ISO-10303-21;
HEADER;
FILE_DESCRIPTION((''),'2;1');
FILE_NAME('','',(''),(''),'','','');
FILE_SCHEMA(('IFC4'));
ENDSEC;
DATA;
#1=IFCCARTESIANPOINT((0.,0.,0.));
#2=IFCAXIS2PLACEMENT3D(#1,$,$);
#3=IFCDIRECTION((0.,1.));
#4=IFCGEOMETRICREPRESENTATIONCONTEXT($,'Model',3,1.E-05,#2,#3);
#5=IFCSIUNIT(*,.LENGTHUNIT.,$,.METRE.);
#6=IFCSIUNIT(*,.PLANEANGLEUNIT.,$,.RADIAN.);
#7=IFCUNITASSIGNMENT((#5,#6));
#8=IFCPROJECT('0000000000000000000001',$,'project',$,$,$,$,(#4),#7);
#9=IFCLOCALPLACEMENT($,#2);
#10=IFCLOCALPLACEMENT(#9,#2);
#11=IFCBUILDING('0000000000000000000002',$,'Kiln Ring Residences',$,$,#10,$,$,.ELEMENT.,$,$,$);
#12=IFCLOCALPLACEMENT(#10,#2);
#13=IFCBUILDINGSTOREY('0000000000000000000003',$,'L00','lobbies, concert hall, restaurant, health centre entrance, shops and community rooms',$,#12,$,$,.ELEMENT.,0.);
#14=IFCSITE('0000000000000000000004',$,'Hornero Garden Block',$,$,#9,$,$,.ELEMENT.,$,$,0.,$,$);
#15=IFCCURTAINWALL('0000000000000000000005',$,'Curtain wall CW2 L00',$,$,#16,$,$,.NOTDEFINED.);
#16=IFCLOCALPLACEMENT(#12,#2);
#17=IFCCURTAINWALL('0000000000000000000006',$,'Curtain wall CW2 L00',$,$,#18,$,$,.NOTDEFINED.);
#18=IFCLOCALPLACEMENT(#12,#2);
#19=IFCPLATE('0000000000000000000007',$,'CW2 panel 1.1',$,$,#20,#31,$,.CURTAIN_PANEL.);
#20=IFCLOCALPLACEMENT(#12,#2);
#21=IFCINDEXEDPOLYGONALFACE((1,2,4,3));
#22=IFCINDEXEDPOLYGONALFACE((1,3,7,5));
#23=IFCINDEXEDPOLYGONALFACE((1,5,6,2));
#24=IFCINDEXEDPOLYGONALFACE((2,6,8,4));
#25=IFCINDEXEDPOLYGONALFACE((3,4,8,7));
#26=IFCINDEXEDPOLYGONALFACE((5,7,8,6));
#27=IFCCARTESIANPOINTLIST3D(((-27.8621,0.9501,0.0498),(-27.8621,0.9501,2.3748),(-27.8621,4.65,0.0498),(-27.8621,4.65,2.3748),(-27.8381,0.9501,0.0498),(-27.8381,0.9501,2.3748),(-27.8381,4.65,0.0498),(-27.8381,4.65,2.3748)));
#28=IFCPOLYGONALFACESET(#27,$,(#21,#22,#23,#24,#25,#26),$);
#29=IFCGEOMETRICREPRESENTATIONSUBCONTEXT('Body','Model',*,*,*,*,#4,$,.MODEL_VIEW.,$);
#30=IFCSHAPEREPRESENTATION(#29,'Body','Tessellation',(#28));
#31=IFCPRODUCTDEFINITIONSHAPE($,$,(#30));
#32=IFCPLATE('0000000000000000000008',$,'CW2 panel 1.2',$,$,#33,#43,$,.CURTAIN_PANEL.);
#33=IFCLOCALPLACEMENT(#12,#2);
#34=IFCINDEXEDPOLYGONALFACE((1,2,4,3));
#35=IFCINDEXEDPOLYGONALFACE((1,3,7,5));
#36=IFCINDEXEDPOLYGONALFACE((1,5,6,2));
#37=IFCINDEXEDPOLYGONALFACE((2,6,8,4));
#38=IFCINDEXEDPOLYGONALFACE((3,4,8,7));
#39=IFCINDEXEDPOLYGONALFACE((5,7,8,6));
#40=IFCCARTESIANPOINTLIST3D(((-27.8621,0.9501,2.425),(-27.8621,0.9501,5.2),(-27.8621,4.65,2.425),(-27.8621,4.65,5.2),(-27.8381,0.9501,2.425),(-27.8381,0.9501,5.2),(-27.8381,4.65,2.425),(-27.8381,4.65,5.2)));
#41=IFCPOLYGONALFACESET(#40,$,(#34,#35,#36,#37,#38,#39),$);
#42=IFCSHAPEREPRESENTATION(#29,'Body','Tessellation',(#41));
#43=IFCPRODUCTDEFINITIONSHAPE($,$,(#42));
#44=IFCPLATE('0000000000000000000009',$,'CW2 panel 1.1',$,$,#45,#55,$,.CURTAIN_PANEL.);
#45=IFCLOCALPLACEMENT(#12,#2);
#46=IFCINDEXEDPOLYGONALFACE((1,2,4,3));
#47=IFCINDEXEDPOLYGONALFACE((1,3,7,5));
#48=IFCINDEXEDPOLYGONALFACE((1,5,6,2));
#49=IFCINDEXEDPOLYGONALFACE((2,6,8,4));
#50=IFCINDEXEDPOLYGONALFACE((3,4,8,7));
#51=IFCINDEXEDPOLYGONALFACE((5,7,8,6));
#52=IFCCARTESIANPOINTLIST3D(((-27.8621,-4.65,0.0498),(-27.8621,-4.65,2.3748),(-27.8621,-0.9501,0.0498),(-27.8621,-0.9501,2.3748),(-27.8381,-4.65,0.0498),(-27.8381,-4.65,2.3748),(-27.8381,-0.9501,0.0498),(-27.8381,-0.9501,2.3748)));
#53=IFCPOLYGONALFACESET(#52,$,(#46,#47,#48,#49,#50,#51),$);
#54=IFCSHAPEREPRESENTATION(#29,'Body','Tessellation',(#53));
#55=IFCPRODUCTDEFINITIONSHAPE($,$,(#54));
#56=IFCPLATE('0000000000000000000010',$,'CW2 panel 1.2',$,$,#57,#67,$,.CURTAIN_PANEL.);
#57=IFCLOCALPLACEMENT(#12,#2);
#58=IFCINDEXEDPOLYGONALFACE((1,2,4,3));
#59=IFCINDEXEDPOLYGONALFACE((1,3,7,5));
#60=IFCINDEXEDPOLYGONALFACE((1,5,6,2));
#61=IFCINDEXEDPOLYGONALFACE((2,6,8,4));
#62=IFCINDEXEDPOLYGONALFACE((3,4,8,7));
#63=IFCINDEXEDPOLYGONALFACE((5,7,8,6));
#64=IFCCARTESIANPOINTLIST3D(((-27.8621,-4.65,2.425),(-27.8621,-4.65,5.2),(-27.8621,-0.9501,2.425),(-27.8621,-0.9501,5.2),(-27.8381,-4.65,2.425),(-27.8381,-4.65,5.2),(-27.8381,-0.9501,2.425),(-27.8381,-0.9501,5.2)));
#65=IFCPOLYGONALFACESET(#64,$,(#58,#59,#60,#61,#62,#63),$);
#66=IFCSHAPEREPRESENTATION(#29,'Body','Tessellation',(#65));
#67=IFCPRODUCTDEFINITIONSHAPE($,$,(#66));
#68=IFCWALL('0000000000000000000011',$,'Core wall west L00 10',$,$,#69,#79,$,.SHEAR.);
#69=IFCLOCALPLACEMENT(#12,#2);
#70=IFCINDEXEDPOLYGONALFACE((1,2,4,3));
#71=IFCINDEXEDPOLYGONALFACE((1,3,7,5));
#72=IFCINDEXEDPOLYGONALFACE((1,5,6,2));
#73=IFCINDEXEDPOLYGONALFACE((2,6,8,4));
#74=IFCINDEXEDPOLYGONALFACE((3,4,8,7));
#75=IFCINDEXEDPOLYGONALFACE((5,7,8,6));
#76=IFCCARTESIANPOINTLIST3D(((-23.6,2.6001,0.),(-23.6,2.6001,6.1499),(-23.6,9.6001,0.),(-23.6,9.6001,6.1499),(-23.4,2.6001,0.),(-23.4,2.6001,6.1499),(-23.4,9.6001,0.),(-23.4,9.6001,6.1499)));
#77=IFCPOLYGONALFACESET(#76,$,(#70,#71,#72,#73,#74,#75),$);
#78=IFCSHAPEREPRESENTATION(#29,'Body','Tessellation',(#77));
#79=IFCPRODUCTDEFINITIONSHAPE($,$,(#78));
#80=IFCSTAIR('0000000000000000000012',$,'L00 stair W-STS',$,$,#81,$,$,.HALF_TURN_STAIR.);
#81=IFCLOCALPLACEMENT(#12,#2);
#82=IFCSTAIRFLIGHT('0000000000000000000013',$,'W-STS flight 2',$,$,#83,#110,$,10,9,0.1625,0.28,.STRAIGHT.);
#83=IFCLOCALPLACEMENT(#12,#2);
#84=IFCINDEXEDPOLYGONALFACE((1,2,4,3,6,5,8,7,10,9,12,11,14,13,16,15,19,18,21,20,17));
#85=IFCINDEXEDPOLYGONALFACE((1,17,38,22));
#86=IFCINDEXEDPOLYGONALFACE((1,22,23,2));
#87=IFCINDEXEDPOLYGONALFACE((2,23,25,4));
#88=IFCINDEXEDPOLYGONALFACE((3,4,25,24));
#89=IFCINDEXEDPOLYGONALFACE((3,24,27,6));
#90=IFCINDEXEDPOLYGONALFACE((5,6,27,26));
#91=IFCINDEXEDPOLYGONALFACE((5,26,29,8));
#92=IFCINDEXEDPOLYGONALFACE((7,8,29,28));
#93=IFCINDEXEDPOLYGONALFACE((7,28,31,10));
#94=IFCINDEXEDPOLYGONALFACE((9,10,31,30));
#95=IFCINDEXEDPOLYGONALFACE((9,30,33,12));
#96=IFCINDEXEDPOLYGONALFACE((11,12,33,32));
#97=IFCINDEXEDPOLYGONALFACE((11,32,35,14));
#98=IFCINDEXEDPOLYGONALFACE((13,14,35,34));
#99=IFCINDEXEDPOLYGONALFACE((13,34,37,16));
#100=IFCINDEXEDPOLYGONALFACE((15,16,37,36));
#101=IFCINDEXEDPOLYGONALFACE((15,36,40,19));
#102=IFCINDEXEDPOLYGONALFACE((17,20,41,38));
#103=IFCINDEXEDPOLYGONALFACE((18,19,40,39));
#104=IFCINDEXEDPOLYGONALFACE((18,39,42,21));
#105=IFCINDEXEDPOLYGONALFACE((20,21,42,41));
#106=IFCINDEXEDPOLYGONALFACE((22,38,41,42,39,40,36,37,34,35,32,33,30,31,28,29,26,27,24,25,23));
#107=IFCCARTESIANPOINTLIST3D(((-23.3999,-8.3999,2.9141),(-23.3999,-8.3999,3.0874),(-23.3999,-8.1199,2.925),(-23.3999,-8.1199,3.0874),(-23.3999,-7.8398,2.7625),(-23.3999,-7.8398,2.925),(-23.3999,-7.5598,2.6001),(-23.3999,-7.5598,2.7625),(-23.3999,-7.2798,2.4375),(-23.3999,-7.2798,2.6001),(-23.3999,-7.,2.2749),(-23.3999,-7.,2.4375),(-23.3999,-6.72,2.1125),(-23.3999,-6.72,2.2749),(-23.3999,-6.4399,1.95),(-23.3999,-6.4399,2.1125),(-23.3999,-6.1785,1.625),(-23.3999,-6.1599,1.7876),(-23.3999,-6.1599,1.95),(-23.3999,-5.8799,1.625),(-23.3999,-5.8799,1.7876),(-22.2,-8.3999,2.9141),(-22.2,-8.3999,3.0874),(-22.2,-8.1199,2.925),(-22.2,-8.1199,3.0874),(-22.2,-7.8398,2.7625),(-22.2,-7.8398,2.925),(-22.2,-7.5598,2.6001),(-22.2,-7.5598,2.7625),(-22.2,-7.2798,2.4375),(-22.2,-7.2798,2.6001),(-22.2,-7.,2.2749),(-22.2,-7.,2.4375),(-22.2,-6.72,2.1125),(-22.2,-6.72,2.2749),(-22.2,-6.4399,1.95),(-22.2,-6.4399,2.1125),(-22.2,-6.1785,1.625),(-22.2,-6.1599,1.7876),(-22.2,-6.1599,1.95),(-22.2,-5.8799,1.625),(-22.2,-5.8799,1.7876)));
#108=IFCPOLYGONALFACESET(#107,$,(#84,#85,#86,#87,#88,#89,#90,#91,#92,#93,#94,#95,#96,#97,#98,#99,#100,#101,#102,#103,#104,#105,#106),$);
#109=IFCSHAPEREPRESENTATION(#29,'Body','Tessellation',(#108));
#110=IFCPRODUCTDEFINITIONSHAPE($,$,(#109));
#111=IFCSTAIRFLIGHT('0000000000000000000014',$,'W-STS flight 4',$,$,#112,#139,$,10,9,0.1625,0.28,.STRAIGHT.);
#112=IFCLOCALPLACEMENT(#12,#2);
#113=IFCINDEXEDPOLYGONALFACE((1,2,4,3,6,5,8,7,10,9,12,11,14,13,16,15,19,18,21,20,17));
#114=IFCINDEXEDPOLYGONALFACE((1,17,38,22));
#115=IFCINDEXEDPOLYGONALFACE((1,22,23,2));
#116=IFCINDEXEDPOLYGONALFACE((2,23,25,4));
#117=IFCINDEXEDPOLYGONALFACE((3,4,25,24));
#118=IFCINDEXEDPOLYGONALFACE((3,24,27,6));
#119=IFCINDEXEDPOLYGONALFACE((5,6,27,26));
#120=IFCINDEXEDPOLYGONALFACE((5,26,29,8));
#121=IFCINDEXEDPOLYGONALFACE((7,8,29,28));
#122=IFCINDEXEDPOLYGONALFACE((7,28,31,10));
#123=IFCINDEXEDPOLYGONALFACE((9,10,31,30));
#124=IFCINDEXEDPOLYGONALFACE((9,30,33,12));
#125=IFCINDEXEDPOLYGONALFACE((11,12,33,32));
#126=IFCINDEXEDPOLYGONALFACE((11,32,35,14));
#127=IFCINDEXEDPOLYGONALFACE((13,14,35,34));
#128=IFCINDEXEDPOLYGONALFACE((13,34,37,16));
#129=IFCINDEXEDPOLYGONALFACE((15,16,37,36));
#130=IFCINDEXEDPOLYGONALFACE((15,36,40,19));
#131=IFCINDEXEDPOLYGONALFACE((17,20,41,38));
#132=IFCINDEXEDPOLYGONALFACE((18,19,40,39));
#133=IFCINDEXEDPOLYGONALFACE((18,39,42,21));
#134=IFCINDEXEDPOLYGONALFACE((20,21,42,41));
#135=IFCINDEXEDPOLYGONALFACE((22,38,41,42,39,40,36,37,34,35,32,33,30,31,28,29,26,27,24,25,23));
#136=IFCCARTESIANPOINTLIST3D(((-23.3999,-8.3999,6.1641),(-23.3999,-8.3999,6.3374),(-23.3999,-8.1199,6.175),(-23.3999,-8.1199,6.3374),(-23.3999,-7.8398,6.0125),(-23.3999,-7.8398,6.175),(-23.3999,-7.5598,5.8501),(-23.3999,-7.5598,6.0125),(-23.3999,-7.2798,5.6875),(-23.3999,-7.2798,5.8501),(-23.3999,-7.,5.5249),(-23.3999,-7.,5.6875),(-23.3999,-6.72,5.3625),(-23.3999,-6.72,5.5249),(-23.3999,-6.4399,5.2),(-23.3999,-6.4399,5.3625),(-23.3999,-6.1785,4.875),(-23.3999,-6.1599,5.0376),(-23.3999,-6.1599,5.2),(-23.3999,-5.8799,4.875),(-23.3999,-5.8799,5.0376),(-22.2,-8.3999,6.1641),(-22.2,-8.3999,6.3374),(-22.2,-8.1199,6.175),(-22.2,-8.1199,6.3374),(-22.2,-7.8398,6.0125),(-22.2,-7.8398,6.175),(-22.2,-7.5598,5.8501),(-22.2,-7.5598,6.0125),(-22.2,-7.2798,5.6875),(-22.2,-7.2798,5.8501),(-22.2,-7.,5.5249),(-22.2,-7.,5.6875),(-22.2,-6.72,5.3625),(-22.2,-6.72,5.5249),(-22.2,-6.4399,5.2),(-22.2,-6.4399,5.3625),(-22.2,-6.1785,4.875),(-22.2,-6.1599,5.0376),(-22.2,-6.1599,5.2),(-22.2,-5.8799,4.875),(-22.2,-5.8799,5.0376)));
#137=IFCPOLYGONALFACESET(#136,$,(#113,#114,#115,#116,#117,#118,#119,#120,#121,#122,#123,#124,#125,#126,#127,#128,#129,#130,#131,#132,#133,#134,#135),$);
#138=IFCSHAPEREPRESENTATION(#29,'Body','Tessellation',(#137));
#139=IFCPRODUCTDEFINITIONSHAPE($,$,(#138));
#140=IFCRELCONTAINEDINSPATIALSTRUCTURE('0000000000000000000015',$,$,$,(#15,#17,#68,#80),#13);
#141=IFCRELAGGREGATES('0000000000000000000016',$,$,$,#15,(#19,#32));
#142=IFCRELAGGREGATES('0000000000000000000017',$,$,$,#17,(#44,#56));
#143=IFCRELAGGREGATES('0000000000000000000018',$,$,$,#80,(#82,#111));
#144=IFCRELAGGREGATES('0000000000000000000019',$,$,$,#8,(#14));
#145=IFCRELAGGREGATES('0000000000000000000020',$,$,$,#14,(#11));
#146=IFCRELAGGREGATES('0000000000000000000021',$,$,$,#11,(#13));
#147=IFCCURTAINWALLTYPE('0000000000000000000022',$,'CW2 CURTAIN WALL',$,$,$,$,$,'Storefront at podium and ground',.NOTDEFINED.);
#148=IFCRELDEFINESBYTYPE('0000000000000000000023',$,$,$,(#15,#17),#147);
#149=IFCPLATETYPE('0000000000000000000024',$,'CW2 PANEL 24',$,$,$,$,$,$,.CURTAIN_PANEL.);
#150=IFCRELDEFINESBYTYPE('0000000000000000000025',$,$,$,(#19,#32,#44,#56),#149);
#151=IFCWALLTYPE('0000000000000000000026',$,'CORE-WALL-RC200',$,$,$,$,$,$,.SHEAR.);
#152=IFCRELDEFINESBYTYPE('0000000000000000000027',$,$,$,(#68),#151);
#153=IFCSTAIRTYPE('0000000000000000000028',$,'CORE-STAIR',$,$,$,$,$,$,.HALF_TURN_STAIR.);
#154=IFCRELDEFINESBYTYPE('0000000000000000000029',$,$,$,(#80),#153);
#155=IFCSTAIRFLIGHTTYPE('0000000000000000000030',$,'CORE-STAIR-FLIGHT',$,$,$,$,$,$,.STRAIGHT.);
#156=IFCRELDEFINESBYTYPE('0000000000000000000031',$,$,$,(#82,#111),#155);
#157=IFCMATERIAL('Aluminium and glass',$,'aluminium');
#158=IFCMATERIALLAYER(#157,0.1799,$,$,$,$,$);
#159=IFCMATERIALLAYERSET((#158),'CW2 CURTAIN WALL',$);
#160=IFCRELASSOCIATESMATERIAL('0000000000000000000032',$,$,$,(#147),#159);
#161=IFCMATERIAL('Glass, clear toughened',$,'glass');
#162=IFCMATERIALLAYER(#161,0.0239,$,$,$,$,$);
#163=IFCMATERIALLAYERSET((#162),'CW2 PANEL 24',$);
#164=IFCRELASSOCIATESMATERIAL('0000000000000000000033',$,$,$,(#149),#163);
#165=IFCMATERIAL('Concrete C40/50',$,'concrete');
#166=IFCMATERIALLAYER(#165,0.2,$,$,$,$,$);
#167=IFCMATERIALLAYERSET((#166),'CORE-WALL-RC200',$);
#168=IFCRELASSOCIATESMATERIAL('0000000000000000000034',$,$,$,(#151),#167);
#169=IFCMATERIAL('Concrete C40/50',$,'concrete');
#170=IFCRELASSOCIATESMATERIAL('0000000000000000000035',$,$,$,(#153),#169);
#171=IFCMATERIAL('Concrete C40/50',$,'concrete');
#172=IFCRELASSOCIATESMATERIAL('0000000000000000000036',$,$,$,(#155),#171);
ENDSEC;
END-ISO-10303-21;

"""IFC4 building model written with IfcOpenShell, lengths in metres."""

from ifc_helpers import new_model, si_unit, direction, frame, frame_2d, origin, origin_2d, place, context, subcontext, project, spatial, polyline, rectangle, outline, extrude, material, layer, layer_set, type_object, element, aggregate, save


model = new_model("IFC4")

# Units and contexts
model_context = context("Model", 3, precision=1e-05, world=origin(), true_north=direction((0.0, 1.0)))
body_context = subcontext(model_context, "Body", "Model", "MODEL_VIEW")
ifc_project = project(units=[si_unit("LENGTHUNIT", "METRE"), si_unit("PLANEANGLEUNIT", "RADIAN")], contexts=[model_context])

# Site, building, storey
site_placement = place(None, origin())
site = spatial("IfcSite", under=ifc_project, at=site_placement, Name="Hornero Garden Block", CompositionType="ELEMENT", RefElevation=0.0)
building_placement = place(site_placement, origin())
building = spatial("IfcBuilding", under=site, at=building_placement, Name="Kiln Ring Residences", CompositionType="ELEMENT")
storey_placement = place(building_placement, origin())
storey = spatial("IfcBuildingStorey", under=building, at=storey_placement, Name="L00", Description="lobbies, concert hall, restaurant, health centre entrance, shops and community rooms", CompositionType="ELEMENT", Elevation=0.0)

# Curtain walls
ifc_material_1 = material(Name="Aluminium and glass", Category="aluminium")
ifc_layer_1 = layer(ifc_material_1, 0.1799)
ifc_layer_set_1 = layer_set([ifc_layer_1], Name="CW2 CURTAIN WALL")
curtain_wall_type = type_object("IfcCurtainWallType", Name="CW2 CURTAIN WALL", ElementType="Storefront at podium and ground", PredefinedType="NOTDEFINED", material=ifc_layer_set_1)
placement = place(storey_placement, origin())
curtain_wall_1 = element("IfcCurtainWall", 1, at=placement, inside=storey, type_object=curtain_wall_type, Name="Curtain wall CW2 L00", PredefinedType="NOTDEFINED")
curtain_wall_2 = element("IfcCurtainWall", 2, at=placement, inside=storey, type_object=curtain_wall_type, Name="Curtain wall CW2 L00", PredefinedType="NOTDEFINED")

# Plates
ifc_material_2 = material(Name="Glass, clear toughened", Category="glass")
ifc_layer_2 = layer(ifc_material_2, 0.0239)
ifc_layer_set_2 = layer_set([ifc_layer_2], Name="CW2 PANEL 24")
plate_type = type_object("IfcPlateType", Name="CW2 PANEL 24", PredefinedType="CURTAIN_PANEL", material=ifc_layer_set_2)
plate_1_placement = place(storey_placement, frame((-27.8501, 2.8, 0.0498), z_axis=(0.0, 0.0, 1.0), x_axis=(0.0, -1.0, 0.0)))
plate_1 = element("IfcPlate", 3, at=plate_1_placement, type_object=plate_type, Name="CW2 panel 1.1", PredefinedType="CURTAIN_PANEL", context=body_context, shape_type="SweptSolid", body=[
    extrude(rectangle(XDim=3.7, YDim=0.0239, at=origin_2d()), origin(), (0.0, 0.0, 1.0), 2.325),
])
plate_2_placement = place(storey_placement, frame((-27.8501, 2.8, 2.425), z_axis=(0.0, 0.0, 1.0), x_axis=(0.0, -1.0, 0.0)))
plate_2 = element("IfcPlate", 4, at=plate_2_placement, type_object=plate_type, Name="CW2 panel 1.2", PredefinedType="CURTAIN_PANEL", context=body_context, shape_type="SweptSolid", body=[
    extrude(rectangle(XDim=3.7, YDim=0.0239, at=origin_2d()), origin(), (0.0, 0.0, 1.0), 2.7749),
])
aggregate(curtain_wall_1, [plate_1, plate_2])
plate_3_placement = place(storey_placement, frame((-27.8501, -2.8, 0.0498), z_axis=(0.0, 0.0, 1.0), x_axis=(0.0, -1.0, 0.0)))
plate_3 = element("IfcPlate", 5, at=plate_3_placement, type_object=plate_type, Name="CW2 panel 1.1", PredefinedType="CURTAIN_PANEL", context=body_context, shape_type="SweptSolid", body=[
    extrude(rectangle(XDim=3.7, YDim=0.0239, at=origin_2d()), origin(), (0.0, 0.0, 1.0), 2.325),
])
plate_4_placement = place(storey_placement, frame((-27.8501, -2.8, 2.425), z_axis=(0.0, 0.0, 1.0), x_axis=(0.0, -1.0, 0.0)))
plate_4 = element("IfcPlate", 6, at=plate_4_placement, type_object=plate_type, Name="CW2 panel 1.2", PredefinedType="CURTAIN_PANEL", context=body_context, shape_type="SweptSolid", body=[
    extrude(rectangle(XDim=3.7, YDim=0.0239, at=origin_2d()), origin(), (0.0, 0.0, 1.0), 2.7749),
])
aggregate(curtain_wall_2, [plate_3, plate_4])

# Wall
ifc_material_3 = material(Name="Concrete C40/50", Category="concrete")
ifc_layer_3 = layer(ifc_material_3, 0.2)
ifc_layer_set_3 = layer_set([ifc_layer_3], Name="CORE-WALL-RC200")
wall_type = type_object("IfcWallType", Name="CORE-WALL-RC200", PredefinedType="SHEAR", material=ifc_layer_set_3)
wall_placement = place(storey_placement, frame((-23.5, 2.6001, 0.0), z_axis=(0.0, 0.0, 1.0), x_axis=(0.0, 1.0, 0.0)))
element("IfcWall", 7, at=wall_placement, inside=storey, type_object=wall_type, Name="Core wall west L00 10", PredefinedType="SHEAR", context=body_context, shape_type="SweptSolid", body=[
    extrude(rectangle(XDim=7.0, YDim=0.2, at=frame_2d((3.5, 0.0))), origin(), (0.0, 0.0, 1.0), 6.1499),
])

# Stair, stair flights
ifc_material_4 = material(Name="Concrete C40/50", Category="concrete")
stair_type = type_object("IfcStairType", Name="CORE-STAIR", PredefinedType="HALF_TURN_STAIR", material=ifc_material_4)
stair = element("IfcStair", 8, at=placement, inside=storey, type_object=stair_type, Name="L00 stair W-STS", PredefinedType="HALF_TURN_STAIR")
ifc_material_5 = material(Name="Concrete C40/50", Category="concrete")
stair_flight_type = type_object("IfcStairFlightType", Name="CORE-STAIR-FLIGHT", PredefinedType="STRAIGHT", material=ifc_material_5)
stair_flight_1_placement = place(storey_placement, frame((-22.8, -5.8799, 1.625), z_axis=(0.0, 0.0, 1.0), x_axis=(0.0, -1.0, 0.0)))
stair_flight_1 = element("IfcStairFlight", 9, at=stair_flight_1_placement, type_object=stair_flight_type, Name="W-STS flight 2", NumberOfRisers=10, NumberOfTreads=9, PredefinedType="STRAIGHT", RiserHeight=0.1625, TreadLength=0.28, context=body_context, shape_type="SweptSolid", body=[
    extrude(outline(polyline([(0.0, 0.0), (0.0, 0.1626), (0.28, 0.1626), (0.28, 0.325), (0.5601, 0.325), (0.5601, 0.4875), (0.8401, 0.4875), (0.8401, 0.6499), (1.1201, 0.6499), (1.1201, 0.8125), (1.3999, 0.8125), (1.3999, 0.9751), (1.6799, 0.9751), (1.6799, 1.1375), (1.96, 1.1375), (1.96, 1.3), (2.24, 1.3), (2.24, 1.4624), (2.52, 1.4624), (2.52, 1.625), (2.52, 1.2891), (0.2986, 0.0), (0.0, 0.0)])), frame((0.0, 0.6001, 0.0), z_axis=(0.0, -1.0, 0.0), x_axis=(1.0, 0.0, 0.0)), (0.0, 0.0, 1.0), 1.2),
])
stair_flight_2_placement = place(storey_placement, frame((-22.8, -5.8799, 4.875), z_axis=(0.0, 0.0, 1.0), x_axis=(0.0, -1.0, 0.0)))
stair_flight_2 = element("IfcStairFlight", 10, at=stair_flight_2_placement, type_object=stair_flight_type, Name="W-STS flight 4", NumberOfRisers=10, NumberOfTreads=9, PredefinedType="STRAIGHT", RiserHeight=0.1625, TreadLength=0.28, context=body_context, shape_type="SweptSolid", body=[
    extrude(outline(polyline([(0.0, 0.0), (0.0, 0.1626), (0.28, 0.1626), (0.28, 0.325), (0.5601, 0.325), (0.5601, 0.4875), (0.8401, 0.4875), (0.8401, 0.6499), (1.1201, 0.6499), (1.1201, 0.8125), (1.3999, 0.8125), (1.3999, 0.9751), (1.6799, 0.9751), (1.6799, 1.1375), (1.96, 1.1375), (1.96, 1.3), (2.24, 1.3), (2.24, 1.4624), (2.52, 1.4624), (2.52, 1.625), (2.52, 1.2891), (0.2986, 0.0), (0.0, 0.0)])), frame((0.0, 0.6001, 0.0), z_axis=(0.0, -1.0, 0.0), x_axis=(1.0, 0.0, 0.0)), (0.0, 0.0, 1.0), 1.2),
])
aggregate(stair, [stair_flight_1, stair_flight_2])

save(model, "model.ifc")
